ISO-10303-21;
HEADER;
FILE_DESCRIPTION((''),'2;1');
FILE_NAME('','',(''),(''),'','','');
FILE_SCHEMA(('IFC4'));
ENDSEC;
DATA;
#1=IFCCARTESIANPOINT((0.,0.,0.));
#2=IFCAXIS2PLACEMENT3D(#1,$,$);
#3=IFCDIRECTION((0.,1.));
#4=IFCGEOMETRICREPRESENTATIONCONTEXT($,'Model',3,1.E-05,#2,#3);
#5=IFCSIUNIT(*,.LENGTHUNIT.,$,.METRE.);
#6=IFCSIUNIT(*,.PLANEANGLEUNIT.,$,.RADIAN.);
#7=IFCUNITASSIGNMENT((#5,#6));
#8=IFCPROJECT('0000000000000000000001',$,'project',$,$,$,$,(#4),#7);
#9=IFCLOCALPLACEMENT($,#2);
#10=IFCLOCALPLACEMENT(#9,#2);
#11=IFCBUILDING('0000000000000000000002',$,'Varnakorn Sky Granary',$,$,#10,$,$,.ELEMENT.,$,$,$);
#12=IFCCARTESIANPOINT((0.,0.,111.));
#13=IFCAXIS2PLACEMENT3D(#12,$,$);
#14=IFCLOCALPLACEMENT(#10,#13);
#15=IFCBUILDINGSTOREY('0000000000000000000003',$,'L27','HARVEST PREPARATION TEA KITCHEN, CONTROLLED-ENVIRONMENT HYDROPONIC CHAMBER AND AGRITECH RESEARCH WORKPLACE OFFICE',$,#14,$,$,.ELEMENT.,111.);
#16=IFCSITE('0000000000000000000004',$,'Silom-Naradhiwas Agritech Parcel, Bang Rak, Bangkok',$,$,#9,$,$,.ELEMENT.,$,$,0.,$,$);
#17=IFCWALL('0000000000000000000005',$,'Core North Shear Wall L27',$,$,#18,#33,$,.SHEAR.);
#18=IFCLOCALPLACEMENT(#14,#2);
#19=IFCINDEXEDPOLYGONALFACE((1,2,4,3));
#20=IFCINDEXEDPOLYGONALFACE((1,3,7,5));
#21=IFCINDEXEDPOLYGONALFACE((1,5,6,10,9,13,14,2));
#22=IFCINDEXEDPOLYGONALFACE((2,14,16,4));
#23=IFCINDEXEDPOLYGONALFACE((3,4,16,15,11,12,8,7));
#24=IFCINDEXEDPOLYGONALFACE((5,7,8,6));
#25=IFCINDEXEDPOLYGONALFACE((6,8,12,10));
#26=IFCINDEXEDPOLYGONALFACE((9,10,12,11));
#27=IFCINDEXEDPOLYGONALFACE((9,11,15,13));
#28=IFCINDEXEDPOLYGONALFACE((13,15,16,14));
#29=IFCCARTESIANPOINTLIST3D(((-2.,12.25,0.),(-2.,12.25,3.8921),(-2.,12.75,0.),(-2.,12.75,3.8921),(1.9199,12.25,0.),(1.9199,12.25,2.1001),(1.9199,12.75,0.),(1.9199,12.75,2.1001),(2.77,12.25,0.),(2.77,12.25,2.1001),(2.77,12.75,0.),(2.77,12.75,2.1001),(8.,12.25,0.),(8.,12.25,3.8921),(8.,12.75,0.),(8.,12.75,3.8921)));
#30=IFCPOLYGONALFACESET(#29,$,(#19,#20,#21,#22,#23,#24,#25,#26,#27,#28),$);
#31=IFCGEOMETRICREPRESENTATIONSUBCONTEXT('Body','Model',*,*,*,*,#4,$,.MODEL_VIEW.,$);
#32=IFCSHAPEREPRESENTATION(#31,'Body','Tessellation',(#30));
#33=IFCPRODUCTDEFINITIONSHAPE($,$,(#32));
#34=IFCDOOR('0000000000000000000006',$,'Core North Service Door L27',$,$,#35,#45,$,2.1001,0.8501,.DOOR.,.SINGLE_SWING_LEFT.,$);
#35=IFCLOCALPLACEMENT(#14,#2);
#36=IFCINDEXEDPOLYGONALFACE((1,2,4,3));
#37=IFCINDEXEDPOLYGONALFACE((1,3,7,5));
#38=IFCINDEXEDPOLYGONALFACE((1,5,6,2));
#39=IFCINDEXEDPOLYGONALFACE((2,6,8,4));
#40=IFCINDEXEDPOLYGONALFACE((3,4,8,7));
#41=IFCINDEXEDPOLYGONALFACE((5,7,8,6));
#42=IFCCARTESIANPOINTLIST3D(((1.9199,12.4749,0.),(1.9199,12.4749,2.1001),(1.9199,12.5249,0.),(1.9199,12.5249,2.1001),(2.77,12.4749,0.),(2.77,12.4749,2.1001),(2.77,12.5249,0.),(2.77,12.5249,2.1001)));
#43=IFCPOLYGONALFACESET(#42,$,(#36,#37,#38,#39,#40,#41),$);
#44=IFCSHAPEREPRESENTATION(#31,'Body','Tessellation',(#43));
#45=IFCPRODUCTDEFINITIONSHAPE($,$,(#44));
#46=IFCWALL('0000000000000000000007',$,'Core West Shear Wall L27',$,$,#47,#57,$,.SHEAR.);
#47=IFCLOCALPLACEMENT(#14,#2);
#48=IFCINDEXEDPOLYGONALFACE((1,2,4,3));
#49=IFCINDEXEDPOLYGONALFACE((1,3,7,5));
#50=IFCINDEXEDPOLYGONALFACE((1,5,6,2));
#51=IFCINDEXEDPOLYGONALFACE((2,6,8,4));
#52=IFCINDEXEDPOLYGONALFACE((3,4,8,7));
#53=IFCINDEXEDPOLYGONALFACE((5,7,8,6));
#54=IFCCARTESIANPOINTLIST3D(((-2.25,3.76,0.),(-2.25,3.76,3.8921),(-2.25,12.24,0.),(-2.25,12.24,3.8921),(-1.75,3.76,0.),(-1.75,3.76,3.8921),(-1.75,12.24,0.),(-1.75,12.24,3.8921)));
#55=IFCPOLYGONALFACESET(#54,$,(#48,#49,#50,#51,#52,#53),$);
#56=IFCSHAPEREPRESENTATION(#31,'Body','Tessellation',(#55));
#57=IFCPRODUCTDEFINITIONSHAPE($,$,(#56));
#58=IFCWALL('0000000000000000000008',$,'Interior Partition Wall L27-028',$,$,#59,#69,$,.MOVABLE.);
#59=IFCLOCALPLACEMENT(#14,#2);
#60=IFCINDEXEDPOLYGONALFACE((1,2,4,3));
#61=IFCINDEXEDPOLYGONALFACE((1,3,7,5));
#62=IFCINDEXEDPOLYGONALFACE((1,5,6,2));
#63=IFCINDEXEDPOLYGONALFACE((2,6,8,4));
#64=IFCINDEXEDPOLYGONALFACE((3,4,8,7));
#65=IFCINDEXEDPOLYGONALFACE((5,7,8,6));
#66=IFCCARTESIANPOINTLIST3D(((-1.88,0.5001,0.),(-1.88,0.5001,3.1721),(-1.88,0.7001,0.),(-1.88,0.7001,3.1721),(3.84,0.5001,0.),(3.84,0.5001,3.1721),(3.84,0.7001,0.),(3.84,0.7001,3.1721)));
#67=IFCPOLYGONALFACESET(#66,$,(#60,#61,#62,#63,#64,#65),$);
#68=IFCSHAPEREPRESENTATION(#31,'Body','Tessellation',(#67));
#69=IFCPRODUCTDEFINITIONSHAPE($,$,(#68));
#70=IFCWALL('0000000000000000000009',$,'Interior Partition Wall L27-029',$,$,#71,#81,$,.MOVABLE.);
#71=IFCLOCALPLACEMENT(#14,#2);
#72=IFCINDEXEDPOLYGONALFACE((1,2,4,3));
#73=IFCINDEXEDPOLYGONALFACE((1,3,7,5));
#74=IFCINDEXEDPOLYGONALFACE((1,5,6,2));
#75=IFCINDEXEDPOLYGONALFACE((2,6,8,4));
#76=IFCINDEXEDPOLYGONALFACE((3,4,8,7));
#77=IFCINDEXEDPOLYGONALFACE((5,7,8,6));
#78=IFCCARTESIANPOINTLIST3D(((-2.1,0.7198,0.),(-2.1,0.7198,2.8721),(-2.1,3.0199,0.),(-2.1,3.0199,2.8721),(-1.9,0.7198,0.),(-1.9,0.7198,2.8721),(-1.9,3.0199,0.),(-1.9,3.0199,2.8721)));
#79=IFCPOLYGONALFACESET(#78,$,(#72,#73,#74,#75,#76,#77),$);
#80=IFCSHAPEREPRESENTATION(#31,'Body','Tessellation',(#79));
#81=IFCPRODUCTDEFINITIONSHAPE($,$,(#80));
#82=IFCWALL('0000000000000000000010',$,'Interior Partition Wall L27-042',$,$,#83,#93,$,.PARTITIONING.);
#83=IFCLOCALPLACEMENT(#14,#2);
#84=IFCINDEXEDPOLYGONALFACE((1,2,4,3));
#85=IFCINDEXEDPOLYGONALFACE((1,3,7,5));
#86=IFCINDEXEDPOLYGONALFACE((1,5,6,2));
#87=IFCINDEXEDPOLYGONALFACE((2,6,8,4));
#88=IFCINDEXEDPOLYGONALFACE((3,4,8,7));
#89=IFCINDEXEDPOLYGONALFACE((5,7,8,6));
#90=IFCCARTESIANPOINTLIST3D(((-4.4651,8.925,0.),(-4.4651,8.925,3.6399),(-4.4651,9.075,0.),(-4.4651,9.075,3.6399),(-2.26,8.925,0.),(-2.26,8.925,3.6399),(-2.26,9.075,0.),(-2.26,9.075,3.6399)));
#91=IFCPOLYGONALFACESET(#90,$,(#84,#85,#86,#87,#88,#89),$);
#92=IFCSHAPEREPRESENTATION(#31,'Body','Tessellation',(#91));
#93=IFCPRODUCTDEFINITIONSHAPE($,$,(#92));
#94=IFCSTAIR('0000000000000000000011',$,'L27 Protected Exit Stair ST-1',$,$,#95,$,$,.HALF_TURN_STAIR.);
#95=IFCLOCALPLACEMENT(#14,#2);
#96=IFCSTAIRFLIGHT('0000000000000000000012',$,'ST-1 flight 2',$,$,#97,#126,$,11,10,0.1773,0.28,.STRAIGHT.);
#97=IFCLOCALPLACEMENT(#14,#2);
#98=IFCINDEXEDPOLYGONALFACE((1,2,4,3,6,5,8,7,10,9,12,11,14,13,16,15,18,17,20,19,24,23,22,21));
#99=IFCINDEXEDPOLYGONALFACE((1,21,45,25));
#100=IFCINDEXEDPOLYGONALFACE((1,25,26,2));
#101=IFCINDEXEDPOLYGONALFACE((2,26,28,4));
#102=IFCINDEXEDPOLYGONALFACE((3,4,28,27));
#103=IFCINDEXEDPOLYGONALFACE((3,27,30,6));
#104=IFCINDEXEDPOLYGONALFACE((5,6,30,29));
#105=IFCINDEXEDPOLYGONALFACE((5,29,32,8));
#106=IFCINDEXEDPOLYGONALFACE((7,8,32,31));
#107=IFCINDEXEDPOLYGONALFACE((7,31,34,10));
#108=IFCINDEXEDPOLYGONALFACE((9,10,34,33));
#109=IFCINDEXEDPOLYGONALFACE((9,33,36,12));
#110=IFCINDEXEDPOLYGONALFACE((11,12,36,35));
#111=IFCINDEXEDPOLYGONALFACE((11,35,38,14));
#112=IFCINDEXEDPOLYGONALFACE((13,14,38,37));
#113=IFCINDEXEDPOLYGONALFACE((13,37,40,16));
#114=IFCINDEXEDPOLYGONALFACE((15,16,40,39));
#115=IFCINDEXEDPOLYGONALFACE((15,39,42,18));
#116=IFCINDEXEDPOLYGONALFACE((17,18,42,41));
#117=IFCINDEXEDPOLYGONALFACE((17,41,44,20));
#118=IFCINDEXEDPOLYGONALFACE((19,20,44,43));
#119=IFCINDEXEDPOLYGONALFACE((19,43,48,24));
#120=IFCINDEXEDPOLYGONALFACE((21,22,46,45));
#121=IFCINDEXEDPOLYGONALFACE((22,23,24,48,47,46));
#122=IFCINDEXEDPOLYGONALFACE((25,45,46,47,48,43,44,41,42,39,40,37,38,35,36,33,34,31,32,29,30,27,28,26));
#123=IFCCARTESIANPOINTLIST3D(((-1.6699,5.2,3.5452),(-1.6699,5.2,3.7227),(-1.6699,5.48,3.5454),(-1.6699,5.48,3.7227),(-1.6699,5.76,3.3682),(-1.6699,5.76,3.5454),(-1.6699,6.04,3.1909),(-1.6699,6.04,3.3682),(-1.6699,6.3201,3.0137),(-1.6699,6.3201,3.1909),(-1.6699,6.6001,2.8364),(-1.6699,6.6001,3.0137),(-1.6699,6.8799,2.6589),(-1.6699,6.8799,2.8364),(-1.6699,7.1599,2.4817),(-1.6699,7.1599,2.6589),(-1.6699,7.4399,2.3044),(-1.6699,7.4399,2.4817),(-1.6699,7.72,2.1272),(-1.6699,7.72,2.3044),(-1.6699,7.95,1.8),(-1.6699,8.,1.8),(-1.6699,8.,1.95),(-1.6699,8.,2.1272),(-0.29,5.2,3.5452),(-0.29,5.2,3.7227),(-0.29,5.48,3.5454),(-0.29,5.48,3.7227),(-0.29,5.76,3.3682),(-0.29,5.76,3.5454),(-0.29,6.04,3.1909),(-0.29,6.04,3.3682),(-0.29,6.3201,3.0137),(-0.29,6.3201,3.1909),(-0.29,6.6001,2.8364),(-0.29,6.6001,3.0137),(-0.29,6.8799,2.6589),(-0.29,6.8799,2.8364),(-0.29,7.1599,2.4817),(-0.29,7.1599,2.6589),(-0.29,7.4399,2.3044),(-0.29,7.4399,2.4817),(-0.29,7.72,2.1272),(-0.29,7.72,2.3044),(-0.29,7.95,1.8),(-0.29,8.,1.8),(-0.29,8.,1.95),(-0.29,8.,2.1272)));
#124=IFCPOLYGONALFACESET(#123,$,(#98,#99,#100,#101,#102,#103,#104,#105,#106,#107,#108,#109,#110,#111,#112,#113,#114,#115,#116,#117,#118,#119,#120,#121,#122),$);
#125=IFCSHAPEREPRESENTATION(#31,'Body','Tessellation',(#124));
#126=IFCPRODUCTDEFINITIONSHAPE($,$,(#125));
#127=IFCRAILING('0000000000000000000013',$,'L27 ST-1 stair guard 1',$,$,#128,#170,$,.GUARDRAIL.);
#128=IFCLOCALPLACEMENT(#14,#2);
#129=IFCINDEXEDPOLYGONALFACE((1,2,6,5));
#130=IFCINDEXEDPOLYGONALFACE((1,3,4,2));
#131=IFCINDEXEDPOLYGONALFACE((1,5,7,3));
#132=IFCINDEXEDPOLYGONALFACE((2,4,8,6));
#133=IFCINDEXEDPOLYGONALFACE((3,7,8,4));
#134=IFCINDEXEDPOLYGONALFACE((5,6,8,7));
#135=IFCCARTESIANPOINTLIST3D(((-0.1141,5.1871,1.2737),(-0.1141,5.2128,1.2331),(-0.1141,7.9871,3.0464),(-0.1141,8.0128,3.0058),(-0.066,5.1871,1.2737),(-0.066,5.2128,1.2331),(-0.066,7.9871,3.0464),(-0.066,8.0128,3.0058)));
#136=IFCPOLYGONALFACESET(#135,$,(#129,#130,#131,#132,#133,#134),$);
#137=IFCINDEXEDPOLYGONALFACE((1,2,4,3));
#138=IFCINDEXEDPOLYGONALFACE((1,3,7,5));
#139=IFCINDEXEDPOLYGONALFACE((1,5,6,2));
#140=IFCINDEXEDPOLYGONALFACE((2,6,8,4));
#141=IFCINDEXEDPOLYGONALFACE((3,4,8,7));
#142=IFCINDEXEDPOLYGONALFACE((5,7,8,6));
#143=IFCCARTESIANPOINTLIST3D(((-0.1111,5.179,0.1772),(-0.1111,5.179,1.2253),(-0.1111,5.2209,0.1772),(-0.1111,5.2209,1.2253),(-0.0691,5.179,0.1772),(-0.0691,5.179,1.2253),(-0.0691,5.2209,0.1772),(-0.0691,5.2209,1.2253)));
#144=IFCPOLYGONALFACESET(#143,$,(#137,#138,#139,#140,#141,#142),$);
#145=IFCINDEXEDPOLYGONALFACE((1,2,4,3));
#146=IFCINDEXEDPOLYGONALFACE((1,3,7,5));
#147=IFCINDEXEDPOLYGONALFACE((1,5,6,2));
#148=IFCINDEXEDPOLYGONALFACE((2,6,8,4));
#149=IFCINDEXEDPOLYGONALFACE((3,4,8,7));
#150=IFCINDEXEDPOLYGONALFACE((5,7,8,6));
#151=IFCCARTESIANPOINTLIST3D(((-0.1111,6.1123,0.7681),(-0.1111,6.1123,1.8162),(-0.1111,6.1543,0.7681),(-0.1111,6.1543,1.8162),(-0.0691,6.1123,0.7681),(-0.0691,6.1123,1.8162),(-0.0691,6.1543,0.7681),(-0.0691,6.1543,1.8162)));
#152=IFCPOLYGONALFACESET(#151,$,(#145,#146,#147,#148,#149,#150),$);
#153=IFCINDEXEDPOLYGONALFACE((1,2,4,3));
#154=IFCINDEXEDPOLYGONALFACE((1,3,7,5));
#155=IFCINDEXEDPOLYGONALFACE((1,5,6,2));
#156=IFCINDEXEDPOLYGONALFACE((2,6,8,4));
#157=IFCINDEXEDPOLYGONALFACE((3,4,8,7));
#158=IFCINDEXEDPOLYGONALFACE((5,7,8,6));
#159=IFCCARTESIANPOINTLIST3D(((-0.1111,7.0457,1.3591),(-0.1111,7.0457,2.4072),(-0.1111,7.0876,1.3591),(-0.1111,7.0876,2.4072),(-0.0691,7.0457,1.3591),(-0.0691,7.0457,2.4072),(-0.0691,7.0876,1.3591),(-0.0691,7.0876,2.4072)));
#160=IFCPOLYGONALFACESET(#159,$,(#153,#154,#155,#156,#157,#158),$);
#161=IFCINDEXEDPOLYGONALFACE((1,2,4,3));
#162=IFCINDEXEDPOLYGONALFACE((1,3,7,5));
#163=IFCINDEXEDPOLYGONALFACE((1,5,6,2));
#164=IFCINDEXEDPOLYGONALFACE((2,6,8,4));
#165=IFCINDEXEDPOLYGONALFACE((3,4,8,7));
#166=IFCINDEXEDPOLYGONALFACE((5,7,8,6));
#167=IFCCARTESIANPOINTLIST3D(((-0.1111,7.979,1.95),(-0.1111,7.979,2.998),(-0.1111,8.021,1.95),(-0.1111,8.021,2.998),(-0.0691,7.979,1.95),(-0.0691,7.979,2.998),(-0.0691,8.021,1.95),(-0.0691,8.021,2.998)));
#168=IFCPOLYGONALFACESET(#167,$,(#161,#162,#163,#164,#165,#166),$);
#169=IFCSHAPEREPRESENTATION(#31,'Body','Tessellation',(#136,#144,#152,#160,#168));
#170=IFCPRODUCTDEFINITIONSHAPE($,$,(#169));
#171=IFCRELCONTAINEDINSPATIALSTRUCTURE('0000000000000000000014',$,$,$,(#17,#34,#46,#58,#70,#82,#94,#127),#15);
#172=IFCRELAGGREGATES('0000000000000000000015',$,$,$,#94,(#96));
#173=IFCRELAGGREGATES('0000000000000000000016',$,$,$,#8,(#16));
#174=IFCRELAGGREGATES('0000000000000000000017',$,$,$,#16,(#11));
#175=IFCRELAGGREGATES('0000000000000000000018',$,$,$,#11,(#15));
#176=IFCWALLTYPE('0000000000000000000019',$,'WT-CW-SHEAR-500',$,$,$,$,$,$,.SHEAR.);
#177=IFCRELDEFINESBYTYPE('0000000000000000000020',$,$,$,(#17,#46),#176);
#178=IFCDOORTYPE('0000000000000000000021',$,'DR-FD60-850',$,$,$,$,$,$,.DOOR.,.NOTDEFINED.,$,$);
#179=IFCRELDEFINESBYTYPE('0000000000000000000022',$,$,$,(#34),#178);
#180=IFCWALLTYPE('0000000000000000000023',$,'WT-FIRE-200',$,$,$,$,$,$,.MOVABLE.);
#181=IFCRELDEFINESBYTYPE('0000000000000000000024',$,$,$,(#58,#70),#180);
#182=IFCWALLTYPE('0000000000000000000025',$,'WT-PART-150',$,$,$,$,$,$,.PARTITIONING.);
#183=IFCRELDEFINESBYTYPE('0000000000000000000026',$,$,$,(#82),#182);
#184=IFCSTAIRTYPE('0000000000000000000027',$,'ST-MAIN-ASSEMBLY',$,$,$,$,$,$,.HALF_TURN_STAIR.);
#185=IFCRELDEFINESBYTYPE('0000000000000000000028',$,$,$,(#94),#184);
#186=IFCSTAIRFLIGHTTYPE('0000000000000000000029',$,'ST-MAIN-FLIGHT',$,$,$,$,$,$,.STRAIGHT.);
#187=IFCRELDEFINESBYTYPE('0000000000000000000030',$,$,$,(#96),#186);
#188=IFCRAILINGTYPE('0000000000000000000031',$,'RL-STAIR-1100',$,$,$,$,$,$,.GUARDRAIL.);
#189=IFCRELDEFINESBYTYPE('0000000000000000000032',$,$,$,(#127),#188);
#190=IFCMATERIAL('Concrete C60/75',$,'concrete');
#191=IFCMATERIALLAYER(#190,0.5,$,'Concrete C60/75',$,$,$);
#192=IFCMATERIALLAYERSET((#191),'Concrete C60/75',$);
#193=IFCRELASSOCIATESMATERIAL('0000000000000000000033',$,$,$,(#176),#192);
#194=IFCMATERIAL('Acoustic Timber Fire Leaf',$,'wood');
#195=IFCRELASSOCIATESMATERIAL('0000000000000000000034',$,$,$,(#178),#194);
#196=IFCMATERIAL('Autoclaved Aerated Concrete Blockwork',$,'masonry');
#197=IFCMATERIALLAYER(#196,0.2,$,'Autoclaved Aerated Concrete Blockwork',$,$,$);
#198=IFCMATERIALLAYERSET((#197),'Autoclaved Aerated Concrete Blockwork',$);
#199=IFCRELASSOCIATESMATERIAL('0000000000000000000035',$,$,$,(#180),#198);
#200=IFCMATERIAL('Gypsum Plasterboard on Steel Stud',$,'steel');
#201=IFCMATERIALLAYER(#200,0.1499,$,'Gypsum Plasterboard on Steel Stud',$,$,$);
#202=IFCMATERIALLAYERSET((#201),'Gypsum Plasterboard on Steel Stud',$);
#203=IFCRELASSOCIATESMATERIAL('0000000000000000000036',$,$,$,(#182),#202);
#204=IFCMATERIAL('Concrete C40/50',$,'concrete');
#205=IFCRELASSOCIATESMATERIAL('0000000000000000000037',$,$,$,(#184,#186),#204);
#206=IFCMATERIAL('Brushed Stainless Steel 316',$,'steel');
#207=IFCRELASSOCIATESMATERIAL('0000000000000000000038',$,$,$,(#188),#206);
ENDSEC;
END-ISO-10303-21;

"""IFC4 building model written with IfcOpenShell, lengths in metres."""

from ifc_helpers import new_model, si_unit, direction, frame, frame_2d, origin, origin_2d, place, context, subcontext, project, spatial, polyline, rectangle, outline, extrude, material, layer, layer_set, type_object, element, fill, aggregate, save


model = new_model("IFC4")

# Units and contexts
model_context = context("Model", 3, precision=1e-05, world=origin(), true_north=direction((0.0, 1.0)))
body_context = subcontext(model_context, "Body", "Model", "MODEL_VIEW")
ifc_project = project(units=[si_unit("LENGTHUNIT", "METRE"), si_unit("PLANEANGLEUNIT", "RADIAN")], contexts=[model_context])

# Site, building, storey
site_placement = place(None, origin())
site = spatial("IfcSite", under=ifc_project, at=site_placement, Name="Silom-Naradhiwas Agritech Parcel, Bang Rak, Bangkok", CompositionType="ELEMENT", RefElevation=0.0)
building_placement = place(site_placement, origin())
building = spatial("IfcBuilding", under=site, at=building_placement, Name="Varnakorn Sky Granary", CompositionType="ELEMENT")
storey_placement = place(building_placement, frame((0.0, 0.0, 111.0)))
storey = spatial("IfcBuildingStorey", under=building, at=storey_placement, Name="L27", Description="HARVEST PREPARATION TEA KITCHEN, CONTROLLED-ENVIRONMENT HYDROPONIC CHAMBER AND AGRITECH RESEARCH WORKPLACE OFFICE", CompositionType="ELEMENT", Elevation=111.0)

# Shared definitions
ifc_material_1 = material(Name="Concrete C60/75", Category="concrete")

# Shared definitions
ifc_layer_1 = layer(ifc_material_1, 0.5, Name="Concrete C60/75")
ifc_layer_set_1 = layer_set([ifc_layer_1], Name="Concrete C60/75")
wall_type_1 = type_object("IfcWallType", Name="WT-CW-SHEAR-500", PredefinedType="SHEAR", material=ifc_layer_set_1)

# Wall, opening, door
wall_1_placement = place(storey_placement, frame((-2.0, 12.5, 0.0), z_axis=(0.0, 0.0, 1.0), x_axis=(1.0, 0.0, 0.0)))
wall_1 = element("IfcWall", 1, at=wall_1_placement, inside=storey, type_object=wall_type_1, Name="Core North Shear Wall L27", PredefinedType="SHEAR", context=body_context, shape_type="SweptSolid", body=[
    extrude(rectangle(XDim=10.0, YDim=0.5, at=frame_2d((5.0, 0.0))), origin(), (0.0, 0.0, 1.0), 3.8921),
])
opening_1_placement = place(wall_1_placement, frame((3.9199, 0.0, 0.0)))
opening_1 = element("IfcOpeningElement", 2, at=opening_1_placement, cuts=wall_1, PredefinedType="OPENING", context=body_context, shape_type="SweptSolid", body=[
    extrude(rectangle(XDim=0.8501, YDim=2.1001, at=frame_2d((0.425, 1.05))), frame((0.0, 0.26, 0.0), z_axis=(0.0, -1.0, 0.0), x_axis=(1.0, 0.0, 0.0)), (0.0, 0.0, 1.0), 0.52),
])
ifc_material_2 = material(Name="Acoustic Timber Fire Leaf", Category="wood")
door_type_1 = type_object("IfcDoorType", Name="DR-FD60-850", OperationType="NOTDEFINED", PredefinedType="DOOR", material=ifc_material_2)
door_1_placement = place(opening_1_placement, origin())
door_1 = element("IfcDoor", 3, at=door_1_placement, inside=storey, type_object=door_type_1, Name="Core North Service Door L27", OperationType="SINGLE_SWING_LEFT", OverallHeight=2.1001, OverallWidth=0.8501, PredefinedType="DOOR", context=body_context, shape_type="SweptSolid", body=[
    extrude(rectangle(XDim=0.8501, YDim=2.1001, at=frame_2d((0.425, 1.05))), frame((0.0, 0.0249, 0.0), z_axis=(0.0, -1.0, 0.0), x_axis=(1.0, 0.0, 0.0)), (0.0, 0.0, 1.0), 0.05),
])
fill(opening_1, door_1)

# Walls
wall_2_placement = place(storey_placement, frame((-2.0, 3.76, 0.0), z_axis=(0.0, 0.0, 1.0), x_axis=(0.0, 1.0, 0.0)))
element("IfcWall", 4, at=wall_2_placement, inside=storey, type_object=wall_type_1, Name="Core West Shear Wall L27", PredefinedType="SHEAR", context=body_context, shape_type="SweptSolid", body=[
    extrude(rectangle(XDim=8.48, YDim=0.5, at=frame_2d((4.24, 0.0))), origin(), (0.0, 0.0, 1.0), 3.8921),
])
ifc_material_3 = material(Name="Autoclaved Aerated Concrete Blockwork", Category="masonry")
ifc_layer_2 = layer(ifc_material_3, 0.2, Name="Autoclaved Aerated Concrete Blockwork")
ifc_layer_set_2 = layer_set([ifc_layer_2], Name="Autoclaved Aerated Concrete Blockwork")
wall_type_2 = type_object("IfcWallType", Name="WT-FIRE-200", PredefinedType="MOVABLE", material=ifc_layer_set_2)
wall_3_placement = place(storey_placement, frame((-1.8799, 0.6001, 0.0), z_axis=(0.0, 0.0, 1.0), x_axis=(1.0, 0.0, 0.0)))
element("IfcWall", 5, at=wall_3_placement, inside=storey, type_object=wall_type_2, Name="Interior Partition Wall L27-028", PredefinedType="MOVABLE", context=body_context, shape_type="SweptSolid", body=[
    extrude(rectangle(XDim=5.72, YDim=0.2, at=frame_2d((2.8599, 0.0))), origin(), (0.0, 0.0, 1.0), 3.1721),
])
wall_4_placement = place(storey_placement, frame((-2.0, 0.72, 0.0), z_axis=(0.0, 0.0, 1.0), x_axis=(0.0, 1.0, 0.0)))
element("IfcWall", 6, at=wall_4_placement, inside=storey, type_object=wall_type_2, Name="Interior Partition Wall L27-029", PredefinedType="MOVABLE", context=body_context, shape_type="SweptSolid", body=[
    extrude(rectangle(XDim=2.3, YDim=0.2, at=frame_2d((1.1499, 0.0))), origin(), (0.0, 0.0, 1.0), 2.8721),
])
ifc_material_4 = material(Name="Gypsum Plasterboard on Steel Stud", Category="steel")
ifc_layer_3 = layer(ifc_material_4, 0.1499, Name="Gypsum Plasterboard on Steel Stud")
ifc_layer_set_3 = layer_set([ifc_layer_3], Name="Gypsum Plasterboard on Steel Stud")
wall_type_3 = type_object("IfcWallType", Name="WT-PART-150", PredefinedType="PARTITIONING", material=ifc_layer_set_3)
wall_5_placement = place(storey_placement, frame((-4.4651, 9.0, 0.0), z_axis=(0.0, 0.0, 1.0), x_axis=(1.0, 0.0, 0.0)))
element("IfcWall", 7, at=wall_5_placement, inside=storey, type_object=wall_type_3, Name="Interior Partition Wall L27-042", PredefinedType="PARTITIONING", context=body_context, shape_type="SweptSolid", body=[
    extrude(rectangle(XDim=2.2051, YDim=0.1499, at=frame_2d((1.1025, 0.0))), origin(), (0.0, 0.0, 1.0), 3.6399),
])

# Stair, stair flight
ifc_material_5 = material(Name="Concrete C40/50", Category="concrete")
stair_type = type_object("IfcStairType", Name="ST-MAIN-ASSEMBLY", PredefinedType="HALF_TURN_STAIR", material=ifc_material_5)
stair_placement = place(storey_placement, origin())
stair = element("IfcStair", 8, at=stair_placement, inside=storey, type_object=stair_type, Name="L27 Protected Exit Stair ST-1", PredefinedType="HALF_TURN_STAIR")
stair_flight_type = type_object("IfcStairFlightType", Name="ST-MAIN-FLIGHT", PredefinedType="STRAIGHT", material=ifc_material_5)
stair_flight_placement = place(storey_placement, frame((-0.98, 8.0, 1.95), z_axis=(0.0, 0.0, 1.0), x_axis=(0.0, -1.0, 0.0)))
stair_flight = element("IfcStairFlight", 9, at=stair_flight_placement, type_object=stair_flight_type, Name="ST-1 flight 2", NumberOfRisers=11, NumberOfTreads=10, PredefinedType="STRAIGHT", RiserHeight=0.1773, TreadLength=0.28, context=body_context, shape_type="SweptSolid", body=[
    extrude(outline(polyline([(0.0, -0.1499), (0.0, 0.0), (0.0, 0.1772), (0.28, 0.1772), (0.28, 0.3545), (0.5601, 0.3545), (0.5601, 0.5317), (0.8401, 0.5317), (0.8401, 0.709), (1.1201, 0.709), (1.1201, 0.8865), (1.3999, 0.8865), (1.3999, 1.0637), (1.6799, 1.0637), (1.6799, 1.241), (1.96, 1.241), (1.96, 1.4182), (2.24, 1.4182), (2.24, 1.5955), (2.52, 1.5955), (2.52, 1.7727), (2.8, 1.7727), (2.8, 1.95), (2.8, 1.5952), (0.05, -0.1499), (0.0, -0.1499)])), frame((0.0, 0.6899, 0.0), z_axis=(0.0, -1.0, 0.0), x_axis=(1.0, 0.0, 0.0)), (0.0, 0.0, 1.0), 1.3799),
])
aggregate(stair, [stair_flight])

# Railing
ifc_material_6 = material(Name="Brushed Stainless Steel 316", Category="steel")
railing_type_1 = type_object("IfcRailingType", Name="RL-STAIR-1100", PredefinedType="GUARDRAIL", material=ifc_material_6)
railing_1_placement = place(storey_placement, frame((-0.0901, 5.2, 0.1772)))
element("IfcRailing", 10, at=railing_1_placement, inside=storey, type_object=railing_type_1, Name="L27 ST-1 stair guard 1", PredefinedType="GUARDRAIL", context=body_context, shape_type="SweptSolid", body=[
    extrude(rectangle(XDim=0.0481, YDim=0.0481, at=origin_2d()), frame((0.0, 0.0, 1.0762), z_axis=(0.0, 0.844909, 0.53491), x_axis=(-1.0, 0.0, 0.0)), (0.0, 0.0, 1.0), 3.314),
    extrude(rectangle(XDim=0.042, YDim=0.042, at=origin_2d()), origin(), (0.0, 0.0, 1.0), 1.0481),
    extrude(rectangle(XDim=0.042, YDim=0.042, at=origin_2d()), frame((0.0, 0.9333, 0.5908)), (0.0, 0.0, 1.0), 1.0481),
    extrude(rectangle(XDim=0.042, YDim=0.042, at=origin_2d()), frame((0.0, 1.8667, 1.1819)), (0.0, 0.0, 1.0), 1.0481),
    extrude(rectangle(XDim=0.042, YDim=0.042, at=origin_2d()), frame((0.0, 2.8, 1.7727)), (0.0, 0.0, 1.0), 1.0481),
])

save(model, "model.ifc")
